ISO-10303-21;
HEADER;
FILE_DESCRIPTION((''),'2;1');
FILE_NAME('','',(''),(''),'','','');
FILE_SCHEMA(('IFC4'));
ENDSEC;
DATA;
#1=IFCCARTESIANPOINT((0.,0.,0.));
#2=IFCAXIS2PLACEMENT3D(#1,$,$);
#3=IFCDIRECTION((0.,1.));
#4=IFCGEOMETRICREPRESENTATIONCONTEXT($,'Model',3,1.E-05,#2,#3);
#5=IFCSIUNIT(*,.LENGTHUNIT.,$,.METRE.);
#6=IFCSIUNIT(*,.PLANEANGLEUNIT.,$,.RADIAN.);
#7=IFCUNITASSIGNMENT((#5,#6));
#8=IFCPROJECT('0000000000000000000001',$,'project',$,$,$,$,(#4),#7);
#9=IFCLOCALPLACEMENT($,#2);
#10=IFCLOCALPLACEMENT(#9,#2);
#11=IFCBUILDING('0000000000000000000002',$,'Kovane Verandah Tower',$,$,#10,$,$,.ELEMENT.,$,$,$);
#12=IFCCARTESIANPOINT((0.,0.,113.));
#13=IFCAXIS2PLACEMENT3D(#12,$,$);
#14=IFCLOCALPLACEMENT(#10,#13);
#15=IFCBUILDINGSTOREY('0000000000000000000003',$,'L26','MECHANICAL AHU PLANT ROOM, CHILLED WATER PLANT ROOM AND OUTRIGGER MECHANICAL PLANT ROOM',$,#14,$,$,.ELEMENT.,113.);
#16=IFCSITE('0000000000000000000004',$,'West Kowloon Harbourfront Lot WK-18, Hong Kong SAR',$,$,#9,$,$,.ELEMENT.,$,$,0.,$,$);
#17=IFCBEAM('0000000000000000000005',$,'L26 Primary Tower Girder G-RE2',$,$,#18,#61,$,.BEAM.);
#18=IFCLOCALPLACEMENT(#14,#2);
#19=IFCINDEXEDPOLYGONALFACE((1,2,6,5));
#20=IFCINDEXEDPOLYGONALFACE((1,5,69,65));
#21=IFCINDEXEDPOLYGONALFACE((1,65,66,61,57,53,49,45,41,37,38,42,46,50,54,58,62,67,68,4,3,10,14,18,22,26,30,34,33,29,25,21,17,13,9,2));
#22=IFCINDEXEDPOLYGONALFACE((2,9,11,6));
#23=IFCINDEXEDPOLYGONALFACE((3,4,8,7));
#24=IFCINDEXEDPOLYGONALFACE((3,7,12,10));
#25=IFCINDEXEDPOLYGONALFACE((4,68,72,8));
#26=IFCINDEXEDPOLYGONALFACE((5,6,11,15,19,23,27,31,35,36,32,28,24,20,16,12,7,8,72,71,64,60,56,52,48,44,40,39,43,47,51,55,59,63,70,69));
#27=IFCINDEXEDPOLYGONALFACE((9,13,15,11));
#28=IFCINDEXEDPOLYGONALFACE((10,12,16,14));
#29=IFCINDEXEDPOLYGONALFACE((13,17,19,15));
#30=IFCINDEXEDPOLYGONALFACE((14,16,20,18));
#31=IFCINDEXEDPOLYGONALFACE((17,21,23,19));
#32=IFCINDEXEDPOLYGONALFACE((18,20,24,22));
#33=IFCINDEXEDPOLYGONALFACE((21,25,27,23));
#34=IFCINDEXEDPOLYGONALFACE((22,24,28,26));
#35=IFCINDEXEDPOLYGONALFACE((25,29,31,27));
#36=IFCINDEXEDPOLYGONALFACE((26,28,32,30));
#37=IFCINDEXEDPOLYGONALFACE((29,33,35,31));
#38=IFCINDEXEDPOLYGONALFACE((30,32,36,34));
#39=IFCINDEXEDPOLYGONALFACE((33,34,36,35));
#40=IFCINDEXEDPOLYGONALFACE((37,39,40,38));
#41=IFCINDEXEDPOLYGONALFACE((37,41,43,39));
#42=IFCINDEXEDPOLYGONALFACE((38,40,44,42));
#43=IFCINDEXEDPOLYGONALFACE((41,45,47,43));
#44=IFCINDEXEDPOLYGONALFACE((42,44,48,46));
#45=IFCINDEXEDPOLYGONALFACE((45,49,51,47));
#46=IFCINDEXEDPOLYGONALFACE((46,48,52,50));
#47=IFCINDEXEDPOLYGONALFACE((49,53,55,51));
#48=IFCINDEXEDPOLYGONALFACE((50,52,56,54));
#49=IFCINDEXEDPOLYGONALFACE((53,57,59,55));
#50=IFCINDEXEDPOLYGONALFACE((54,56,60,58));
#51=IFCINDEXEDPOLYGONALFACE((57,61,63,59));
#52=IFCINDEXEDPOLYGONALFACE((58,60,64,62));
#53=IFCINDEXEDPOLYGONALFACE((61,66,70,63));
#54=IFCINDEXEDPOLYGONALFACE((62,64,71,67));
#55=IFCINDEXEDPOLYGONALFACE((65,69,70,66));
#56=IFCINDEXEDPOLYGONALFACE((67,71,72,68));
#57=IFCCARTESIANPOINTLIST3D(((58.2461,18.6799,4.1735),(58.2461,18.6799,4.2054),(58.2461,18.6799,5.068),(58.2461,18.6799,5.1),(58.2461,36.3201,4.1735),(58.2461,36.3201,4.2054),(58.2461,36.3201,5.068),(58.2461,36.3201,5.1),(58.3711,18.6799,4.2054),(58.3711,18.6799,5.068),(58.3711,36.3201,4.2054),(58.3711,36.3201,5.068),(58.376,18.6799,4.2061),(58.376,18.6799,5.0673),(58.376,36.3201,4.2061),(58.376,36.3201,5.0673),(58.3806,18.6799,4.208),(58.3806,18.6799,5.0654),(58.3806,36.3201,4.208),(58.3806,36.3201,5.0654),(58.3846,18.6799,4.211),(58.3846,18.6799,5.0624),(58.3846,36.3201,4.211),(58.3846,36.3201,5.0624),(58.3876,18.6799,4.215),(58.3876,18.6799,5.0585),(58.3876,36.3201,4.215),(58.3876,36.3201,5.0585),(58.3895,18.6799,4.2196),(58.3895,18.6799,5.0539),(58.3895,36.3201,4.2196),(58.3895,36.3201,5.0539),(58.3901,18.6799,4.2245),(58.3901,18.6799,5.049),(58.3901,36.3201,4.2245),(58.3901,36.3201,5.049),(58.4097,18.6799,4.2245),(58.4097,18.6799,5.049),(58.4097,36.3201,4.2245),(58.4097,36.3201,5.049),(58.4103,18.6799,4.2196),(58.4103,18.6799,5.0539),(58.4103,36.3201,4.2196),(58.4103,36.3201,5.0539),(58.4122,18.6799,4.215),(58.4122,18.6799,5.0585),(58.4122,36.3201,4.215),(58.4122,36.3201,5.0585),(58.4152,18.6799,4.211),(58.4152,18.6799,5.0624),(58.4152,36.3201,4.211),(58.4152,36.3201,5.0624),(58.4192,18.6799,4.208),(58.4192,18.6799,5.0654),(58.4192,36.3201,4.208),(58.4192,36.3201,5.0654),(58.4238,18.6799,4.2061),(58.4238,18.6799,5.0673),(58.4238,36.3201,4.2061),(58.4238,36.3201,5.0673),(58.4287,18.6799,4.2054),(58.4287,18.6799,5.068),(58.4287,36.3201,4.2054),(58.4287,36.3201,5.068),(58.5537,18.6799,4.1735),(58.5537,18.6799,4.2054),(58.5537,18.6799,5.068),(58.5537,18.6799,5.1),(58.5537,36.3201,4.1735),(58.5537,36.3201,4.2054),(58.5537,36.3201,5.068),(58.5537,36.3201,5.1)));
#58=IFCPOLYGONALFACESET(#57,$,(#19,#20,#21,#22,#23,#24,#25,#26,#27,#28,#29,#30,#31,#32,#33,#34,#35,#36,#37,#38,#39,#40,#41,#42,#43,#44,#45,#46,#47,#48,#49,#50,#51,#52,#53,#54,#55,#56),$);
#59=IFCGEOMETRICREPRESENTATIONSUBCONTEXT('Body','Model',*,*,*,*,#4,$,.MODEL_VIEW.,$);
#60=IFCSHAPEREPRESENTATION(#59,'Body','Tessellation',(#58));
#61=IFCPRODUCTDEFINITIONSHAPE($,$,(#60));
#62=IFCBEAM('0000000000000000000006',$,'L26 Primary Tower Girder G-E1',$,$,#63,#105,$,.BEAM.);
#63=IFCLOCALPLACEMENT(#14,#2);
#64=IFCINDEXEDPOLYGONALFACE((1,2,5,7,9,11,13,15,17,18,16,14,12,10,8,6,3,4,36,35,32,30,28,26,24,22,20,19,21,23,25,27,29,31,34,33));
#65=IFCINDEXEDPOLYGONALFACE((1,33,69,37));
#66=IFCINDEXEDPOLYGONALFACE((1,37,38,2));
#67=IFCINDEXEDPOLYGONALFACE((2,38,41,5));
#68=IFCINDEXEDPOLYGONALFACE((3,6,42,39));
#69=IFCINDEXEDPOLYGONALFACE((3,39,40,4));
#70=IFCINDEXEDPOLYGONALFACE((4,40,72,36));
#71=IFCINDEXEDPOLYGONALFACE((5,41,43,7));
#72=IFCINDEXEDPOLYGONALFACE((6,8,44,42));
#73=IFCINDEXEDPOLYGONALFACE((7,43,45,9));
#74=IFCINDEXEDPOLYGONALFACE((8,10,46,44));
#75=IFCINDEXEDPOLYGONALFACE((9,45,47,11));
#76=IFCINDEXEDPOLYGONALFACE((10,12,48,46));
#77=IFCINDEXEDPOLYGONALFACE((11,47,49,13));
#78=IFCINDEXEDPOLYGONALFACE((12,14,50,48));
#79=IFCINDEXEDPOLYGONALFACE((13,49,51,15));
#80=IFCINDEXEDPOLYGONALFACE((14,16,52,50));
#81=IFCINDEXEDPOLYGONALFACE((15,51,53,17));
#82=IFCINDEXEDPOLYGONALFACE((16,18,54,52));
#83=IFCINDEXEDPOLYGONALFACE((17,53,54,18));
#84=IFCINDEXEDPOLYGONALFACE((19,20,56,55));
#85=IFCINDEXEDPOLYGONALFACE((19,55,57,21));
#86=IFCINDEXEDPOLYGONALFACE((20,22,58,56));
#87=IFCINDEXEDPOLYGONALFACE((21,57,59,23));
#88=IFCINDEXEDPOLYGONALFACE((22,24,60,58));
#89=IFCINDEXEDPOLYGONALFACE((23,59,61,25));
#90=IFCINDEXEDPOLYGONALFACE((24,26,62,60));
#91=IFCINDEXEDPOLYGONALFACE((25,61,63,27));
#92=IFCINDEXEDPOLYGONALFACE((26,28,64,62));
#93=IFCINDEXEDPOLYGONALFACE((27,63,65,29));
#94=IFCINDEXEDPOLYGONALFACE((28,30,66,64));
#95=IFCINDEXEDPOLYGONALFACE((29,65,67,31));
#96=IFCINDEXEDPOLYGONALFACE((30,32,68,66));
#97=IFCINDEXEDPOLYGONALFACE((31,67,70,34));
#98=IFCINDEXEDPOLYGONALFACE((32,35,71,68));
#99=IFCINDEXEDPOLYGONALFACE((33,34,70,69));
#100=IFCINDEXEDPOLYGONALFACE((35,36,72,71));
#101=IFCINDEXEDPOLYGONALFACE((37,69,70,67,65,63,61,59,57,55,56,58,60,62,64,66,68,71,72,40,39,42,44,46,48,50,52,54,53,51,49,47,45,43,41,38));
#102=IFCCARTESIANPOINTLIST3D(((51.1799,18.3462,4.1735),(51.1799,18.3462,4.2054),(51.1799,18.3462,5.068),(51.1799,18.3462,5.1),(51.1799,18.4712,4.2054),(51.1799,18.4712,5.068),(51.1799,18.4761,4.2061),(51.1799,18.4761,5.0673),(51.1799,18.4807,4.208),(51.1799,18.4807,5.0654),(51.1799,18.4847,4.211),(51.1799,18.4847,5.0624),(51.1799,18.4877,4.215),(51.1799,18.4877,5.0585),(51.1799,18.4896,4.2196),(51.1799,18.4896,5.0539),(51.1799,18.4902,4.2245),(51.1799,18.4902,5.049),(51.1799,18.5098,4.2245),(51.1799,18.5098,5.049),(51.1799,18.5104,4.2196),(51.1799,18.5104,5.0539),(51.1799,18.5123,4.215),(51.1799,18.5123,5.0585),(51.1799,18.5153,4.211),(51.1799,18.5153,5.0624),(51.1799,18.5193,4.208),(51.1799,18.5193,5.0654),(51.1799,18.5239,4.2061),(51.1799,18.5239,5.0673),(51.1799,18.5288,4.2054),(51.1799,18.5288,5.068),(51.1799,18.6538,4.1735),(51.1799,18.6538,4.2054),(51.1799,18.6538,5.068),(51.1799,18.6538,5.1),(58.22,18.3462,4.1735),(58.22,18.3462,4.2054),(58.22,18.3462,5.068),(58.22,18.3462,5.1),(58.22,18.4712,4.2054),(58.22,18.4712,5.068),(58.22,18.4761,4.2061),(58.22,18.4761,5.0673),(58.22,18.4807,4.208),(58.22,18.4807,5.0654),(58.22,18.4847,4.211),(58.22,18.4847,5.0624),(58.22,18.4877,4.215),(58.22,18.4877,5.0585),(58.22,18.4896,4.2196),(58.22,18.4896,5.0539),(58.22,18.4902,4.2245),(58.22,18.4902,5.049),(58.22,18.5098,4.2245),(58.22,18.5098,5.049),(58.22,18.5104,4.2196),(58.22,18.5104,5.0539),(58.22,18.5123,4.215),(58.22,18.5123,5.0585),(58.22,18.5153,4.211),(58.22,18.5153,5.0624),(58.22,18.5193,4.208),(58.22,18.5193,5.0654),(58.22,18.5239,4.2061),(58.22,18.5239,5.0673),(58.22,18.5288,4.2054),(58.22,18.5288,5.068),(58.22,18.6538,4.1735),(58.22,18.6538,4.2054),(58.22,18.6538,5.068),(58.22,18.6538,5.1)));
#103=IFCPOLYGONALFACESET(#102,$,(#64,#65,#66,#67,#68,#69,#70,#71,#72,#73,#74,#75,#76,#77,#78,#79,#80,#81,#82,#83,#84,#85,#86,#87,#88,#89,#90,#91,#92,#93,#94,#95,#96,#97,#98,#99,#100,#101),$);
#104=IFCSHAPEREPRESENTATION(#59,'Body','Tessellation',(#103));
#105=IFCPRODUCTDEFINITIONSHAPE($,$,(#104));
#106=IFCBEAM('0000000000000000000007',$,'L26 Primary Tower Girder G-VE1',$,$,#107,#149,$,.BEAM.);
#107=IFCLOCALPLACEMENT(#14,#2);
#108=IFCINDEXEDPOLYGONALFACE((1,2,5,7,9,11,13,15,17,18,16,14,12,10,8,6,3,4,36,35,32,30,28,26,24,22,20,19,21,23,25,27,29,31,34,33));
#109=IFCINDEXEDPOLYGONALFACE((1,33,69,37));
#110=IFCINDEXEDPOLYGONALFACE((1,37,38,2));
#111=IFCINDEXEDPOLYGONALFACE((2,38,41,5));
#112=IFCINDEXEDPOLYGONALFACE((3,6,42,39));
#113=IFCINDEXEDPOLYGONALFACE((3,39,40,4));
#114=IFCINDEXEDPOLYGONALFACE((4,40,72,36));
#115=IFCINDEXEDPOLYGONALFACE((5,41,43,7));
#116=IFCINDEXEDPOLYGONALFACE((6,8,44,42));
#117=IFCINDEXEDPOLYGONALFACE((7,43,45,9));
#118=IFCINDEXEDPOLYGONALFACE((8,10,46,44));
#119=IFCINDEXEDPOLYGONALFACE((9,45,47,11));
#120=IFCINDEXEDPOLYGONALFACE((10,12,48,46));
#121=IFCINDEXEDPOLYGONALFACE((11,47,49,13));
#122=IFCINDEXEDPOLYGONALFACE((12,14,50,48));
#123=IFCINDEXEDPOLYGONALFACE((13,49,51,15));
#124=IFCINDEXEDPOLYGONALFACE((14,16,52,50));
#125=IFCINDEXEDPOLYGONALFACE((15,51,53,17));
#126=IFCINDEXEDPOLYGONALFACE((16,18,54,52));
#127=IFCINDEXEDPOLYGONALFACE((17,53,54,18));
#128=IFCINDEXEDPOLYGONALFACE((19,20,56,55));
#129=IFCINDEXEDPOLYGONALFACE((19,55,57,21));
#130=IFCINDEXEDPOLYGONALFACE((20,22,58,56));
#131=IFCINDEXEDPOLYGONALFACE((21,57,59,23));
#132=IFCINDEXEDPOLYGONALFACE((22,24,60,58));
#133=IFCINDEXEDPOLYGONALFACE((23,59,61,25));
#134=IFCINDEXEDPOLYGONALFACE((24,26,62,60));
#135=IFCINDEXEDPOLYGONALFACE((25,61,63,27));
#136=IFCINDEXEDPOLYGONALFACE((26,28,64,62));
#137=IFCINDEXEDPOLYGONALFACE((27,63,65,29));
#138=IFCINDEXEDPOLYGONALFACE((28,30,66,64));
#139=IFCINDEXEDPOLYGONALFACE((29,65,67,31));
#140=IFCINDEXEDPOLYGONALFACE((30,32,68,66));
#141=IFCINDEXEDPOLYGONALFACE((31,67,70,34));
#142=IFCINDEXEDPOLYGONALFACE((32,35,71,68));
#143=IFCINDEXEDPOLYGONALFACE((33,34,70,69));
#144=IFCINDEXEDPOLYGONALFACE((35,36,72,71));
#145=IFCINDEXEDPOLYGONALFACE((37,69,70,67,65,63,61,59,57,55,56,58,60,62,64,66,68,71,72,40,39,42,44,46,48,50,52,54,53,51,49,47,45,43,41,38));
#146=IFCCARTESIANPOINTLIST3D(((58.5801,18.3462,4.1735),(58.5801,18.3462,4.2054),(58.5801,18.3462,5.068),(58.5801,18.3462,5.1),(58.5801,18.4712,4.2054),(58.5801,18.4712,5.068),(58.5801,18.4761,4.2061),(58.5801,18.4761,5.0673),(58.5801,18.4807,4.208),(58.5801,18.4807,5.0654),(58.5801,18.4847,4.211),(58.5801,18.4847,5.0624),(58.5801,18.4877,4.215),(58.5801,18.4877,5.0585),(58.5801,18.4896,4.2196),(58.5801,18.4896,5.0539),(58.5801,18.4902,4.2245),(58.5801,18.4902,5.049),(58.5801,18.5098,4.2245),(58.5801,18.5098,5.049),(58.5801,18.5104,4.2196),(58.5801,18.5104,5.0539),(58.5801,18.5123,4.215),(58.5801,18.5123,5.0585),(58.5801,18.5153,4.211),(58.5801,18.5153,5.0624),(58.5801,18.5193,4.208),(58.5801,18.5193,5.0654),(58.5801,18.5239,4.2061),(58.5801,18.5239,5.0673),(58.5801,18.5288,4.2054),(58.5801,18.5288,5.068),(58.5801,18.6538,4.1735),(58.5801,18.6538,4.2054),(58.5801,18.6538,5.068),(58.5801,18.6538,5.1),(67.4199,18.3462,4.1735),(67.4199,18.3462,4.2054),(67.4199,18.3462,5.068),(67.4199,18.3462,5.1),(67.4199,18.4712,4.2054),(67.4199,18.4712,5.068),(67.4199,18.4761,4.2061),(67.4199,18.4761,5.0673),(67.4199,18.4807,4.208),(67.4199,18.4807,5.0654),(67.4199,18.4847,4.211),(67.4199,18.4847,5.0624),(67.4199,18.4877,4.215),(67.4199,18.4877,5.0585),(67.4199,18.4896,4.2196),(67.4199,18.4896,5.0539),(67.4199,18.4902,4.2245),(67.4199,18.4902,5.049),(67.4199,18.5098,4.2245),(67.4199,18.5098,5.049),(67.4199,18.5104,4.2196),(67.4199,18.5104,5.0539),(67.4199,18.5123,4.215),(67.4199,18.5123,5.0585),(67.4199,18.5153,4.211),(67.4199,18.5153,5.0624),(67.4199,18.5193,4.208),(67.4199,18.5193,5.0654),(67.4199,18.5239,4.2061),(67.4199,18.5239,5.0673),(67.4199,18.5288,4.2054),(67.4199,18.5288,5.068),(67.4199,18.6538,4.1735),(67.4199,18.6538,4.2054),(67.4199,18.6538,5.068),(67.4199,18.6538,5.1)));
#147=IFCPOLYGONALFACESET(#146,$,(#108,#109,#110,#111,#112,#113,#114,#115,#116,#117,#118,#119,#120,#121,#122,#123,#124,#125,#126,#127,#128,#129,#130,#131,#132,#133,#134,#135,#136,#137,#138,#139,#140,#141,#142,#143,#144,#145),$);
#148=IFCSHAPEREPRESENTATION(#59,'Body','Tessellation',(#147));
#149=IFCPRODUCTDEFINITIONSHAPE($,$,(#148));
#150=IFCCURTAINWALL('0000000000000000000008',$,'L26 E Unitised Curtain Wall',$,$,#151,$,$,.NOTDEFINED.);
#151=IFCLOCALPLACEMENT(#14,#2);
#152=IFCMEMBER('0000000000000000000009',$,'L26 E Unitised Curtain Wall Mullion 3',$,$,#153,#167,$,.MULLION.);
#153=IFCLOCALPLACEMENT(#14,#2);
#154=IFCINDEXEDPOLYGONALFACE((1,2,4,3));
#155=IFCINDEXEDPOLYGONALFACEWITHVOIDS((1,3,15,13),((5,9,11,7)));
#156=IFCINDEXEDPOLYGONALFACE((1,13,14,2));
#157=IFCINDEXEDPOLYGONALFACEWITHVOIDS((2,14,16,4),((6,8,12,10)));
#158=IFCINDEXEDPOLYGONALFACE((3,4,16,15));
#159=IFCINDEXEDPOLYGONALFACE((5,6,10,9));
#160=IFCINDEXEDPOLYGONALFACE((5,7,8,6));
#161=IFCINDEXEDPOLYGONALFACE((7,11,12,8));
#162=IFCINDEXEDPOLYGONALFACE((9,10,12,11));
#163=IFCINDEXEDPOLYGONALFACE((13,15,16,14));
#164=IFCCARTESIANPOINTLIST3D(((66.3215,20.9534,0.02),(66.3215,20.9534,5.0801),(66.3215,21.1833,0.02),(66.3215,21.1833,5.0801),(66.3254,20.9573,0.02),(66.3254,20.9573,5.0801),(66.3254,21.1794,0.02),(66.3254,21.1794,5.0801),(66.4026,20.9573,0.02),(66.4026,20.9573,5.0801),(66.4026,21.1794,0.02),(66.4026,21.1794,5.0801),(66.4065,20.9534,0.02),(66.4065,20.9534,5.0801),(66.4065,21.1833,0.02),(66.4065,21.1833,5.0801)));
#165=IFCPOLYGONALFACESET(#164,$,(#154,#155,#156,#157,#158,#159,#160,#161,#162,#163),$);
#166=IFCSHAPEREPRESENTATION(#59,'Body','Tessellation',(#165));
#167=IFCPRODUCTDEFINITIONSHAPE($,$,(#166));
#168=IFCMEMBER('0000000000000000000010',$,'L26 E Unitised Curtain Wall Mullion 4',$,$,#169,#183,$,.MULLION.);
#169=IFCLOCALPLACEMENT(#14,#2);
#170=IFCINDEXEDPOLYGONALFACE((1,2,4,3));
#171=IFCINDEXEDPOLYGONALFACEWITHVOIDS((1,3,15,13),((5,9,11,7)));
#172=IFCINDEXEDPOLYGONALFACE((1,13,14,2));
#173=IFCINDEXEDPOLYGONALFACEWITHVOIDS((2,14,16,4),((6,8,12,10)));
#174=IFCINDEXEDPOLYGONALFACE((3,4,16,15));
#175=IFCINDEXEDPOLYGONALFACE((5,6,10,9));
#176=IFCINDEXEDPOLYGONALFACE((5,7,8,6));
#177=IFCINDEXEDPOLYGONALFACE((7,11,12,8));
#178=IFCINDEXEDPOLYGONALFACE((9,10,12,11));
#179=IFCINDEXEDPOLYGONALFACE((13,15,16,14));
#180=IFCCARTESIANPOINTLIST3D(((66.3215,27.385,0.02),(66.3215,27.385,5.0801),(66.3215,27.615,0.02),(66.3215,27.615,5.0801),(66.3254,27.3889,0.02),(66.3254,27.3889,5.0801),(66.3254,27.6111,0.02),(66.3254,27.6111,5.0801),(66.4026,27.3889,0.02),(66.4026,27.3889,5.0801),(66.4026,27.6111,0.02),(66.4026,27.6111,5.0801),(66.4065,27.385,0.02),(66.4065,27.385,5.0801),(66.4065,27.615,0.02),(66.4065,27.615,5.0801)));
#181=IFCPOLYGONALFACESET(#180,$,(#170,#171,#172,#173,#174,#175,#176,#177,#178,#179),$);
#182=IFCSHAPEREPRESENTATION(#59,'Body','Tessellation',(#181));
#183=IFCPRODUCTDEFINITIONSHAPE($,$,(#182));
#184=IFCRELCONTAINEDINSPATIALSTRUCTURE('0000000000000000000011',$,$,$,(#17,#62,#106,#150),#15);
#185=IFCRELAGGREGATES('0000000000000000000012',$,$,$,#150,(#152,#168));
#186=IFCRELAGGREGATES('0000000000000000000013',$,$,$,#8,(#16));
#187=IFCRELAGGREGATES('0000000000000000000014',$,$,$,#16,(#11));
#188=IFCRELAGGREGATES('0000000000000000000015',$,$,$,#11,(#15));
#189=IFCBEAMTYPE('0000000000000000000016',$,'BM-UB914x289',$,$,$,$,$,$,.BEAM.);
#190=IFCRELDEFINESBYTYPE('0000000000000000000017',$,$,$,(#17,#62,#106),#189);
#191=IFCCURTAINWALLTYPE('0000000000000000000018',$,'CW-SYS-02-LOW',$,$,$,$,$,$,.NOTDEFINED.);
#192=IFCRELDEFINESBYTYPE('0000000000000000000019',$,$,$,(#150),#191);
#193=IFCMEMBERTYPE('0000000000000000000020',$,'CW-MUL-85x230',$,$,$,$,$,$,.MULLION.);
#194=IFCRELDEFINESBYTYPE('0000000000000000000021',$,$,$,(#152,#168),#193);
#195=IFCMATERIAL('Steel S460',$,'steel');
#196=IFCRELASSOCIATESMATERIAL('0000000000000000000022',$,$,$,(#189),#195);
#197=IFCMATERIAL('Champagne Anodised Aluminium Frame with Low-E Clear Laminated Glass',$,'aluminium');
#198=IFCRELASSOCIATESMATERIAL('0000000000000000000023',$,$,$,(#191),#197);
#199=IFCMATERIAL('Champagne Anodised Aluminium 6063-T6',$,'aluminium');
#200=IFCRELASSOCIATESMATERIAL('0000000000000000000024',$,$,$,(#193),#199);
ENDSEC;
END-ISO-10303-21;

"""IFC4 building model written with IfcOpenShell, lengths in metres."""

from ifc_helpers import new_model, si_unit, direction, frame, origin, origin_2d, place, context, subcontext, project, spatial, hollow_rectangle, i_section, extrude, material, material_profile, profile_set, type_object, element, aggregate, save


model = new_model("IFC4")

# Units and contexts
model_context = context("Model", 3, precision=1e-05, world=origin(), true_north=direction((0.0, 1.0)))
body_context = subcontext(model_context, "Body", "Model", "MODEL_VIEW")
ifc_project = project(units=[si_unit("LENGTHUNIT", "METRE"), si_unit("PLANEANGLEUNIT", "RADIAN")], contexts=[model_context])

# Site, building, storey
site_placement = place(None, origin())
site = spatial("IfcSite", under=ifc_project, at=site_placement, Name="West Kowloon Harbourfront Lot WK-18, Hong Kong SAR", CompositionType="ELEMENT", RefElevation=0.0)
building_placement = place(site_placement, origin())
building = spatial("IfcBuilding", under=site, at=building_placement, Name="Kovane Verandah Tower", CompositionType="ELEMENT")
storey_placement = place(building_placement, frame((0.0, 0.0, 113.0)))
storey = spatial("IfcBuildingStorey", under=building, at=storey_placement, Name="L26", Description="MECHANICAL AHU PLANT ROOM, CHILLED WATER PLANT ROOM AND OUTRIGGER MECHANICAL PLANT ROOM", CompositionType="ELEMENT", Elevation=113.0)

# Shared definitions
ifc_material_1 = material(Name="Steel S460", Category="steel")

# Beams
ifc_material_profile_1 = material_profile(ifc_material_1, i_section(OverallWidth=0.3076, OverallDepth=0.9265, WebThickness=0.0195, FlangeThickness=0.032, FilletRadius=0.019, at=origin_2d()), Name="UB914x305x289")
ifc_profile_set_1 = profile_set([ifc_material_profile_1], Name="Steel S460")
beam_type_1 = type_object("IfcBeamType", Name="BM-UB914x289", PredefinedType="BEAM", material=ifc_profile_set_1)
beam_1_placement = place(storey_placement, frame((58.3999, 18.6799, 4.6367), z_axis=(0.0, 1.0, 0.0), x_axis=(-1.0, 0.0, 0.0)))
element("IfcBeam", 1, at=beam_1_placement, inside=storey, type_object=beam_type_1, Name="L26 Primary Tower Girder G-RE2", PredefinedType="BEAM", context=body_context, shape_type="SweptSolid", body=[
    extrude(i_section(OverallWidth=0.3076, OverallDepth=0.9265, WebThickness=0.0195, FlangeThickness=0.032, FilletRadius=0.019, at=origin_2d()), origin(), (0.0, 0.0, 1.0), 17.6401),
])
beam_2_placement = place(storey_placement, frame((51.1799, 18.5, 4.6367), z_axis=(1.0, 0.0, 0.0), x_axis=(0.0, 1.0, 0.0)))
element("IfcBeam", 2, at=beam_2_placement, inside=storey, type_object=beam_type_1, Name="L26 Primary Tower Girder G-E1", PredefinedType="BEAM", context=body_context, shape_type="SweptSolid", body=[
    extrude(i_section(OverallWidth=0.3076, OverallDepth=0.9265, WebThickness=0.0195, FlangeThickness=0.032, FilletRadius=0.019, at=origin_2d()), origin(), (0.0, 0.0, 1.0), 7.04),
])
beam_3_placement = place(storey_placement, frame((58.5801, 18.5, 4.6367), z_axis=(1.0, 0.0, 0.0), x_axis=(0.0, 1.0, 0.0)))
element("IfcBeam", 3, at=beam_3_placement, inside=storey, type_object=beam_type_1, Name="L26 Primary Tower Girder G-VE1", PredefinedType="BEAM", context=body_context, shape_type="SweptSolid", body=[
    extrude(i_section(OverallWidth=0.3076, OverallDepth=0.9265, WebThickness=0.0195, FlangeThickness=0.032, FilletRadius=0.019, at=origin_2d()), origin(), (0.0, 0.0, 1.0), 8.8398),
])

# Curtain wall, members
ifc_material_2 = material(Name="Champagne Anodised Aluminium Frame with Low-E Clear Laminated Glass", Category="aluminium")
curtain_wall_type = type_object("IfcCurtainWallType", Name="CW-SYS-02-LOW", PredefinedType="NOTDEFINED", material=ifc_material_2)
curtain_wall_placement = place(storey_placement, origin())
curtain_wall = element("IfcCurtainWall", 4, at=curtain_wall_placement, inside=storey, type_object=curtain_wall_type, Name="L26 E Unitised Curtain Wall", PredefinedType="NOTDEFINED")
ifc_material_3 = material(Name="Champagne Anodised Aluminium 6063-T6", Category="aluminium")
ifc_material_profile_2 = material_profile(ifc_material_3, hollow_rectangle(XDim=0.085, YDim=0.23, WallThickness=0.0039, at=origin_2d()), Name="AL85x230x4")
ifc_profile_set_2 = profile_set([ifc_material_profile_2], Name="Champagne Anodised Aluminium 6063-T6")
member_type_1 = type_object("IfcMemberType", Name="CW-MUL-85x230", PredefinedType="MULLION", material=ifc_profile_set_2)
member_1_placement = place(storey_placement, frame((66.364, 21.0684, 0.02), z_axis=(0.0, 0.0, 1.0), x_axis=(1.0, 0.0, 0.0)))
member_1 = element("IfcMember", 5, at=member_1_placement, type_object=member_type_1, Name="L26 E Unitised Curtain Wall Mullion 3", PredefinedType="MULLION", context=body_context, shape_type="SweptSolid", body=[
    extrude(hollow_rectangle(XDim=0.085, YDim=0.23, WallThickness=0.0039, at=origin_2d()), origin(), (0.0, 0.0, 1.0), 5.0601),
])
member_2_placement = place(storey_placement, frame((66.364, 27.5, 0.02), z_axis=(0.0, 0.0, 1.0), x_axis=(1.0, 0.0, 0.0)))
member_2 = element("IfcMember", 6, at=member_2_placement, type_object=member_type_1, Name="L26 E Unitised Curtain Wall Mullion 4", PredefinedType="MULLION", context=body_context, shape_type="SweptSolid", body=[
    extrude(hollow_rectangle(XDim=0.085, YDim=0.23, WallThickness=0.0039, at=origin_2d()), origin(), (0.0, 0.0, 1.0), 5.0601),
])

aggregate(curtain_wall, [member_1, member_2])

save(model, "model.ifc")
